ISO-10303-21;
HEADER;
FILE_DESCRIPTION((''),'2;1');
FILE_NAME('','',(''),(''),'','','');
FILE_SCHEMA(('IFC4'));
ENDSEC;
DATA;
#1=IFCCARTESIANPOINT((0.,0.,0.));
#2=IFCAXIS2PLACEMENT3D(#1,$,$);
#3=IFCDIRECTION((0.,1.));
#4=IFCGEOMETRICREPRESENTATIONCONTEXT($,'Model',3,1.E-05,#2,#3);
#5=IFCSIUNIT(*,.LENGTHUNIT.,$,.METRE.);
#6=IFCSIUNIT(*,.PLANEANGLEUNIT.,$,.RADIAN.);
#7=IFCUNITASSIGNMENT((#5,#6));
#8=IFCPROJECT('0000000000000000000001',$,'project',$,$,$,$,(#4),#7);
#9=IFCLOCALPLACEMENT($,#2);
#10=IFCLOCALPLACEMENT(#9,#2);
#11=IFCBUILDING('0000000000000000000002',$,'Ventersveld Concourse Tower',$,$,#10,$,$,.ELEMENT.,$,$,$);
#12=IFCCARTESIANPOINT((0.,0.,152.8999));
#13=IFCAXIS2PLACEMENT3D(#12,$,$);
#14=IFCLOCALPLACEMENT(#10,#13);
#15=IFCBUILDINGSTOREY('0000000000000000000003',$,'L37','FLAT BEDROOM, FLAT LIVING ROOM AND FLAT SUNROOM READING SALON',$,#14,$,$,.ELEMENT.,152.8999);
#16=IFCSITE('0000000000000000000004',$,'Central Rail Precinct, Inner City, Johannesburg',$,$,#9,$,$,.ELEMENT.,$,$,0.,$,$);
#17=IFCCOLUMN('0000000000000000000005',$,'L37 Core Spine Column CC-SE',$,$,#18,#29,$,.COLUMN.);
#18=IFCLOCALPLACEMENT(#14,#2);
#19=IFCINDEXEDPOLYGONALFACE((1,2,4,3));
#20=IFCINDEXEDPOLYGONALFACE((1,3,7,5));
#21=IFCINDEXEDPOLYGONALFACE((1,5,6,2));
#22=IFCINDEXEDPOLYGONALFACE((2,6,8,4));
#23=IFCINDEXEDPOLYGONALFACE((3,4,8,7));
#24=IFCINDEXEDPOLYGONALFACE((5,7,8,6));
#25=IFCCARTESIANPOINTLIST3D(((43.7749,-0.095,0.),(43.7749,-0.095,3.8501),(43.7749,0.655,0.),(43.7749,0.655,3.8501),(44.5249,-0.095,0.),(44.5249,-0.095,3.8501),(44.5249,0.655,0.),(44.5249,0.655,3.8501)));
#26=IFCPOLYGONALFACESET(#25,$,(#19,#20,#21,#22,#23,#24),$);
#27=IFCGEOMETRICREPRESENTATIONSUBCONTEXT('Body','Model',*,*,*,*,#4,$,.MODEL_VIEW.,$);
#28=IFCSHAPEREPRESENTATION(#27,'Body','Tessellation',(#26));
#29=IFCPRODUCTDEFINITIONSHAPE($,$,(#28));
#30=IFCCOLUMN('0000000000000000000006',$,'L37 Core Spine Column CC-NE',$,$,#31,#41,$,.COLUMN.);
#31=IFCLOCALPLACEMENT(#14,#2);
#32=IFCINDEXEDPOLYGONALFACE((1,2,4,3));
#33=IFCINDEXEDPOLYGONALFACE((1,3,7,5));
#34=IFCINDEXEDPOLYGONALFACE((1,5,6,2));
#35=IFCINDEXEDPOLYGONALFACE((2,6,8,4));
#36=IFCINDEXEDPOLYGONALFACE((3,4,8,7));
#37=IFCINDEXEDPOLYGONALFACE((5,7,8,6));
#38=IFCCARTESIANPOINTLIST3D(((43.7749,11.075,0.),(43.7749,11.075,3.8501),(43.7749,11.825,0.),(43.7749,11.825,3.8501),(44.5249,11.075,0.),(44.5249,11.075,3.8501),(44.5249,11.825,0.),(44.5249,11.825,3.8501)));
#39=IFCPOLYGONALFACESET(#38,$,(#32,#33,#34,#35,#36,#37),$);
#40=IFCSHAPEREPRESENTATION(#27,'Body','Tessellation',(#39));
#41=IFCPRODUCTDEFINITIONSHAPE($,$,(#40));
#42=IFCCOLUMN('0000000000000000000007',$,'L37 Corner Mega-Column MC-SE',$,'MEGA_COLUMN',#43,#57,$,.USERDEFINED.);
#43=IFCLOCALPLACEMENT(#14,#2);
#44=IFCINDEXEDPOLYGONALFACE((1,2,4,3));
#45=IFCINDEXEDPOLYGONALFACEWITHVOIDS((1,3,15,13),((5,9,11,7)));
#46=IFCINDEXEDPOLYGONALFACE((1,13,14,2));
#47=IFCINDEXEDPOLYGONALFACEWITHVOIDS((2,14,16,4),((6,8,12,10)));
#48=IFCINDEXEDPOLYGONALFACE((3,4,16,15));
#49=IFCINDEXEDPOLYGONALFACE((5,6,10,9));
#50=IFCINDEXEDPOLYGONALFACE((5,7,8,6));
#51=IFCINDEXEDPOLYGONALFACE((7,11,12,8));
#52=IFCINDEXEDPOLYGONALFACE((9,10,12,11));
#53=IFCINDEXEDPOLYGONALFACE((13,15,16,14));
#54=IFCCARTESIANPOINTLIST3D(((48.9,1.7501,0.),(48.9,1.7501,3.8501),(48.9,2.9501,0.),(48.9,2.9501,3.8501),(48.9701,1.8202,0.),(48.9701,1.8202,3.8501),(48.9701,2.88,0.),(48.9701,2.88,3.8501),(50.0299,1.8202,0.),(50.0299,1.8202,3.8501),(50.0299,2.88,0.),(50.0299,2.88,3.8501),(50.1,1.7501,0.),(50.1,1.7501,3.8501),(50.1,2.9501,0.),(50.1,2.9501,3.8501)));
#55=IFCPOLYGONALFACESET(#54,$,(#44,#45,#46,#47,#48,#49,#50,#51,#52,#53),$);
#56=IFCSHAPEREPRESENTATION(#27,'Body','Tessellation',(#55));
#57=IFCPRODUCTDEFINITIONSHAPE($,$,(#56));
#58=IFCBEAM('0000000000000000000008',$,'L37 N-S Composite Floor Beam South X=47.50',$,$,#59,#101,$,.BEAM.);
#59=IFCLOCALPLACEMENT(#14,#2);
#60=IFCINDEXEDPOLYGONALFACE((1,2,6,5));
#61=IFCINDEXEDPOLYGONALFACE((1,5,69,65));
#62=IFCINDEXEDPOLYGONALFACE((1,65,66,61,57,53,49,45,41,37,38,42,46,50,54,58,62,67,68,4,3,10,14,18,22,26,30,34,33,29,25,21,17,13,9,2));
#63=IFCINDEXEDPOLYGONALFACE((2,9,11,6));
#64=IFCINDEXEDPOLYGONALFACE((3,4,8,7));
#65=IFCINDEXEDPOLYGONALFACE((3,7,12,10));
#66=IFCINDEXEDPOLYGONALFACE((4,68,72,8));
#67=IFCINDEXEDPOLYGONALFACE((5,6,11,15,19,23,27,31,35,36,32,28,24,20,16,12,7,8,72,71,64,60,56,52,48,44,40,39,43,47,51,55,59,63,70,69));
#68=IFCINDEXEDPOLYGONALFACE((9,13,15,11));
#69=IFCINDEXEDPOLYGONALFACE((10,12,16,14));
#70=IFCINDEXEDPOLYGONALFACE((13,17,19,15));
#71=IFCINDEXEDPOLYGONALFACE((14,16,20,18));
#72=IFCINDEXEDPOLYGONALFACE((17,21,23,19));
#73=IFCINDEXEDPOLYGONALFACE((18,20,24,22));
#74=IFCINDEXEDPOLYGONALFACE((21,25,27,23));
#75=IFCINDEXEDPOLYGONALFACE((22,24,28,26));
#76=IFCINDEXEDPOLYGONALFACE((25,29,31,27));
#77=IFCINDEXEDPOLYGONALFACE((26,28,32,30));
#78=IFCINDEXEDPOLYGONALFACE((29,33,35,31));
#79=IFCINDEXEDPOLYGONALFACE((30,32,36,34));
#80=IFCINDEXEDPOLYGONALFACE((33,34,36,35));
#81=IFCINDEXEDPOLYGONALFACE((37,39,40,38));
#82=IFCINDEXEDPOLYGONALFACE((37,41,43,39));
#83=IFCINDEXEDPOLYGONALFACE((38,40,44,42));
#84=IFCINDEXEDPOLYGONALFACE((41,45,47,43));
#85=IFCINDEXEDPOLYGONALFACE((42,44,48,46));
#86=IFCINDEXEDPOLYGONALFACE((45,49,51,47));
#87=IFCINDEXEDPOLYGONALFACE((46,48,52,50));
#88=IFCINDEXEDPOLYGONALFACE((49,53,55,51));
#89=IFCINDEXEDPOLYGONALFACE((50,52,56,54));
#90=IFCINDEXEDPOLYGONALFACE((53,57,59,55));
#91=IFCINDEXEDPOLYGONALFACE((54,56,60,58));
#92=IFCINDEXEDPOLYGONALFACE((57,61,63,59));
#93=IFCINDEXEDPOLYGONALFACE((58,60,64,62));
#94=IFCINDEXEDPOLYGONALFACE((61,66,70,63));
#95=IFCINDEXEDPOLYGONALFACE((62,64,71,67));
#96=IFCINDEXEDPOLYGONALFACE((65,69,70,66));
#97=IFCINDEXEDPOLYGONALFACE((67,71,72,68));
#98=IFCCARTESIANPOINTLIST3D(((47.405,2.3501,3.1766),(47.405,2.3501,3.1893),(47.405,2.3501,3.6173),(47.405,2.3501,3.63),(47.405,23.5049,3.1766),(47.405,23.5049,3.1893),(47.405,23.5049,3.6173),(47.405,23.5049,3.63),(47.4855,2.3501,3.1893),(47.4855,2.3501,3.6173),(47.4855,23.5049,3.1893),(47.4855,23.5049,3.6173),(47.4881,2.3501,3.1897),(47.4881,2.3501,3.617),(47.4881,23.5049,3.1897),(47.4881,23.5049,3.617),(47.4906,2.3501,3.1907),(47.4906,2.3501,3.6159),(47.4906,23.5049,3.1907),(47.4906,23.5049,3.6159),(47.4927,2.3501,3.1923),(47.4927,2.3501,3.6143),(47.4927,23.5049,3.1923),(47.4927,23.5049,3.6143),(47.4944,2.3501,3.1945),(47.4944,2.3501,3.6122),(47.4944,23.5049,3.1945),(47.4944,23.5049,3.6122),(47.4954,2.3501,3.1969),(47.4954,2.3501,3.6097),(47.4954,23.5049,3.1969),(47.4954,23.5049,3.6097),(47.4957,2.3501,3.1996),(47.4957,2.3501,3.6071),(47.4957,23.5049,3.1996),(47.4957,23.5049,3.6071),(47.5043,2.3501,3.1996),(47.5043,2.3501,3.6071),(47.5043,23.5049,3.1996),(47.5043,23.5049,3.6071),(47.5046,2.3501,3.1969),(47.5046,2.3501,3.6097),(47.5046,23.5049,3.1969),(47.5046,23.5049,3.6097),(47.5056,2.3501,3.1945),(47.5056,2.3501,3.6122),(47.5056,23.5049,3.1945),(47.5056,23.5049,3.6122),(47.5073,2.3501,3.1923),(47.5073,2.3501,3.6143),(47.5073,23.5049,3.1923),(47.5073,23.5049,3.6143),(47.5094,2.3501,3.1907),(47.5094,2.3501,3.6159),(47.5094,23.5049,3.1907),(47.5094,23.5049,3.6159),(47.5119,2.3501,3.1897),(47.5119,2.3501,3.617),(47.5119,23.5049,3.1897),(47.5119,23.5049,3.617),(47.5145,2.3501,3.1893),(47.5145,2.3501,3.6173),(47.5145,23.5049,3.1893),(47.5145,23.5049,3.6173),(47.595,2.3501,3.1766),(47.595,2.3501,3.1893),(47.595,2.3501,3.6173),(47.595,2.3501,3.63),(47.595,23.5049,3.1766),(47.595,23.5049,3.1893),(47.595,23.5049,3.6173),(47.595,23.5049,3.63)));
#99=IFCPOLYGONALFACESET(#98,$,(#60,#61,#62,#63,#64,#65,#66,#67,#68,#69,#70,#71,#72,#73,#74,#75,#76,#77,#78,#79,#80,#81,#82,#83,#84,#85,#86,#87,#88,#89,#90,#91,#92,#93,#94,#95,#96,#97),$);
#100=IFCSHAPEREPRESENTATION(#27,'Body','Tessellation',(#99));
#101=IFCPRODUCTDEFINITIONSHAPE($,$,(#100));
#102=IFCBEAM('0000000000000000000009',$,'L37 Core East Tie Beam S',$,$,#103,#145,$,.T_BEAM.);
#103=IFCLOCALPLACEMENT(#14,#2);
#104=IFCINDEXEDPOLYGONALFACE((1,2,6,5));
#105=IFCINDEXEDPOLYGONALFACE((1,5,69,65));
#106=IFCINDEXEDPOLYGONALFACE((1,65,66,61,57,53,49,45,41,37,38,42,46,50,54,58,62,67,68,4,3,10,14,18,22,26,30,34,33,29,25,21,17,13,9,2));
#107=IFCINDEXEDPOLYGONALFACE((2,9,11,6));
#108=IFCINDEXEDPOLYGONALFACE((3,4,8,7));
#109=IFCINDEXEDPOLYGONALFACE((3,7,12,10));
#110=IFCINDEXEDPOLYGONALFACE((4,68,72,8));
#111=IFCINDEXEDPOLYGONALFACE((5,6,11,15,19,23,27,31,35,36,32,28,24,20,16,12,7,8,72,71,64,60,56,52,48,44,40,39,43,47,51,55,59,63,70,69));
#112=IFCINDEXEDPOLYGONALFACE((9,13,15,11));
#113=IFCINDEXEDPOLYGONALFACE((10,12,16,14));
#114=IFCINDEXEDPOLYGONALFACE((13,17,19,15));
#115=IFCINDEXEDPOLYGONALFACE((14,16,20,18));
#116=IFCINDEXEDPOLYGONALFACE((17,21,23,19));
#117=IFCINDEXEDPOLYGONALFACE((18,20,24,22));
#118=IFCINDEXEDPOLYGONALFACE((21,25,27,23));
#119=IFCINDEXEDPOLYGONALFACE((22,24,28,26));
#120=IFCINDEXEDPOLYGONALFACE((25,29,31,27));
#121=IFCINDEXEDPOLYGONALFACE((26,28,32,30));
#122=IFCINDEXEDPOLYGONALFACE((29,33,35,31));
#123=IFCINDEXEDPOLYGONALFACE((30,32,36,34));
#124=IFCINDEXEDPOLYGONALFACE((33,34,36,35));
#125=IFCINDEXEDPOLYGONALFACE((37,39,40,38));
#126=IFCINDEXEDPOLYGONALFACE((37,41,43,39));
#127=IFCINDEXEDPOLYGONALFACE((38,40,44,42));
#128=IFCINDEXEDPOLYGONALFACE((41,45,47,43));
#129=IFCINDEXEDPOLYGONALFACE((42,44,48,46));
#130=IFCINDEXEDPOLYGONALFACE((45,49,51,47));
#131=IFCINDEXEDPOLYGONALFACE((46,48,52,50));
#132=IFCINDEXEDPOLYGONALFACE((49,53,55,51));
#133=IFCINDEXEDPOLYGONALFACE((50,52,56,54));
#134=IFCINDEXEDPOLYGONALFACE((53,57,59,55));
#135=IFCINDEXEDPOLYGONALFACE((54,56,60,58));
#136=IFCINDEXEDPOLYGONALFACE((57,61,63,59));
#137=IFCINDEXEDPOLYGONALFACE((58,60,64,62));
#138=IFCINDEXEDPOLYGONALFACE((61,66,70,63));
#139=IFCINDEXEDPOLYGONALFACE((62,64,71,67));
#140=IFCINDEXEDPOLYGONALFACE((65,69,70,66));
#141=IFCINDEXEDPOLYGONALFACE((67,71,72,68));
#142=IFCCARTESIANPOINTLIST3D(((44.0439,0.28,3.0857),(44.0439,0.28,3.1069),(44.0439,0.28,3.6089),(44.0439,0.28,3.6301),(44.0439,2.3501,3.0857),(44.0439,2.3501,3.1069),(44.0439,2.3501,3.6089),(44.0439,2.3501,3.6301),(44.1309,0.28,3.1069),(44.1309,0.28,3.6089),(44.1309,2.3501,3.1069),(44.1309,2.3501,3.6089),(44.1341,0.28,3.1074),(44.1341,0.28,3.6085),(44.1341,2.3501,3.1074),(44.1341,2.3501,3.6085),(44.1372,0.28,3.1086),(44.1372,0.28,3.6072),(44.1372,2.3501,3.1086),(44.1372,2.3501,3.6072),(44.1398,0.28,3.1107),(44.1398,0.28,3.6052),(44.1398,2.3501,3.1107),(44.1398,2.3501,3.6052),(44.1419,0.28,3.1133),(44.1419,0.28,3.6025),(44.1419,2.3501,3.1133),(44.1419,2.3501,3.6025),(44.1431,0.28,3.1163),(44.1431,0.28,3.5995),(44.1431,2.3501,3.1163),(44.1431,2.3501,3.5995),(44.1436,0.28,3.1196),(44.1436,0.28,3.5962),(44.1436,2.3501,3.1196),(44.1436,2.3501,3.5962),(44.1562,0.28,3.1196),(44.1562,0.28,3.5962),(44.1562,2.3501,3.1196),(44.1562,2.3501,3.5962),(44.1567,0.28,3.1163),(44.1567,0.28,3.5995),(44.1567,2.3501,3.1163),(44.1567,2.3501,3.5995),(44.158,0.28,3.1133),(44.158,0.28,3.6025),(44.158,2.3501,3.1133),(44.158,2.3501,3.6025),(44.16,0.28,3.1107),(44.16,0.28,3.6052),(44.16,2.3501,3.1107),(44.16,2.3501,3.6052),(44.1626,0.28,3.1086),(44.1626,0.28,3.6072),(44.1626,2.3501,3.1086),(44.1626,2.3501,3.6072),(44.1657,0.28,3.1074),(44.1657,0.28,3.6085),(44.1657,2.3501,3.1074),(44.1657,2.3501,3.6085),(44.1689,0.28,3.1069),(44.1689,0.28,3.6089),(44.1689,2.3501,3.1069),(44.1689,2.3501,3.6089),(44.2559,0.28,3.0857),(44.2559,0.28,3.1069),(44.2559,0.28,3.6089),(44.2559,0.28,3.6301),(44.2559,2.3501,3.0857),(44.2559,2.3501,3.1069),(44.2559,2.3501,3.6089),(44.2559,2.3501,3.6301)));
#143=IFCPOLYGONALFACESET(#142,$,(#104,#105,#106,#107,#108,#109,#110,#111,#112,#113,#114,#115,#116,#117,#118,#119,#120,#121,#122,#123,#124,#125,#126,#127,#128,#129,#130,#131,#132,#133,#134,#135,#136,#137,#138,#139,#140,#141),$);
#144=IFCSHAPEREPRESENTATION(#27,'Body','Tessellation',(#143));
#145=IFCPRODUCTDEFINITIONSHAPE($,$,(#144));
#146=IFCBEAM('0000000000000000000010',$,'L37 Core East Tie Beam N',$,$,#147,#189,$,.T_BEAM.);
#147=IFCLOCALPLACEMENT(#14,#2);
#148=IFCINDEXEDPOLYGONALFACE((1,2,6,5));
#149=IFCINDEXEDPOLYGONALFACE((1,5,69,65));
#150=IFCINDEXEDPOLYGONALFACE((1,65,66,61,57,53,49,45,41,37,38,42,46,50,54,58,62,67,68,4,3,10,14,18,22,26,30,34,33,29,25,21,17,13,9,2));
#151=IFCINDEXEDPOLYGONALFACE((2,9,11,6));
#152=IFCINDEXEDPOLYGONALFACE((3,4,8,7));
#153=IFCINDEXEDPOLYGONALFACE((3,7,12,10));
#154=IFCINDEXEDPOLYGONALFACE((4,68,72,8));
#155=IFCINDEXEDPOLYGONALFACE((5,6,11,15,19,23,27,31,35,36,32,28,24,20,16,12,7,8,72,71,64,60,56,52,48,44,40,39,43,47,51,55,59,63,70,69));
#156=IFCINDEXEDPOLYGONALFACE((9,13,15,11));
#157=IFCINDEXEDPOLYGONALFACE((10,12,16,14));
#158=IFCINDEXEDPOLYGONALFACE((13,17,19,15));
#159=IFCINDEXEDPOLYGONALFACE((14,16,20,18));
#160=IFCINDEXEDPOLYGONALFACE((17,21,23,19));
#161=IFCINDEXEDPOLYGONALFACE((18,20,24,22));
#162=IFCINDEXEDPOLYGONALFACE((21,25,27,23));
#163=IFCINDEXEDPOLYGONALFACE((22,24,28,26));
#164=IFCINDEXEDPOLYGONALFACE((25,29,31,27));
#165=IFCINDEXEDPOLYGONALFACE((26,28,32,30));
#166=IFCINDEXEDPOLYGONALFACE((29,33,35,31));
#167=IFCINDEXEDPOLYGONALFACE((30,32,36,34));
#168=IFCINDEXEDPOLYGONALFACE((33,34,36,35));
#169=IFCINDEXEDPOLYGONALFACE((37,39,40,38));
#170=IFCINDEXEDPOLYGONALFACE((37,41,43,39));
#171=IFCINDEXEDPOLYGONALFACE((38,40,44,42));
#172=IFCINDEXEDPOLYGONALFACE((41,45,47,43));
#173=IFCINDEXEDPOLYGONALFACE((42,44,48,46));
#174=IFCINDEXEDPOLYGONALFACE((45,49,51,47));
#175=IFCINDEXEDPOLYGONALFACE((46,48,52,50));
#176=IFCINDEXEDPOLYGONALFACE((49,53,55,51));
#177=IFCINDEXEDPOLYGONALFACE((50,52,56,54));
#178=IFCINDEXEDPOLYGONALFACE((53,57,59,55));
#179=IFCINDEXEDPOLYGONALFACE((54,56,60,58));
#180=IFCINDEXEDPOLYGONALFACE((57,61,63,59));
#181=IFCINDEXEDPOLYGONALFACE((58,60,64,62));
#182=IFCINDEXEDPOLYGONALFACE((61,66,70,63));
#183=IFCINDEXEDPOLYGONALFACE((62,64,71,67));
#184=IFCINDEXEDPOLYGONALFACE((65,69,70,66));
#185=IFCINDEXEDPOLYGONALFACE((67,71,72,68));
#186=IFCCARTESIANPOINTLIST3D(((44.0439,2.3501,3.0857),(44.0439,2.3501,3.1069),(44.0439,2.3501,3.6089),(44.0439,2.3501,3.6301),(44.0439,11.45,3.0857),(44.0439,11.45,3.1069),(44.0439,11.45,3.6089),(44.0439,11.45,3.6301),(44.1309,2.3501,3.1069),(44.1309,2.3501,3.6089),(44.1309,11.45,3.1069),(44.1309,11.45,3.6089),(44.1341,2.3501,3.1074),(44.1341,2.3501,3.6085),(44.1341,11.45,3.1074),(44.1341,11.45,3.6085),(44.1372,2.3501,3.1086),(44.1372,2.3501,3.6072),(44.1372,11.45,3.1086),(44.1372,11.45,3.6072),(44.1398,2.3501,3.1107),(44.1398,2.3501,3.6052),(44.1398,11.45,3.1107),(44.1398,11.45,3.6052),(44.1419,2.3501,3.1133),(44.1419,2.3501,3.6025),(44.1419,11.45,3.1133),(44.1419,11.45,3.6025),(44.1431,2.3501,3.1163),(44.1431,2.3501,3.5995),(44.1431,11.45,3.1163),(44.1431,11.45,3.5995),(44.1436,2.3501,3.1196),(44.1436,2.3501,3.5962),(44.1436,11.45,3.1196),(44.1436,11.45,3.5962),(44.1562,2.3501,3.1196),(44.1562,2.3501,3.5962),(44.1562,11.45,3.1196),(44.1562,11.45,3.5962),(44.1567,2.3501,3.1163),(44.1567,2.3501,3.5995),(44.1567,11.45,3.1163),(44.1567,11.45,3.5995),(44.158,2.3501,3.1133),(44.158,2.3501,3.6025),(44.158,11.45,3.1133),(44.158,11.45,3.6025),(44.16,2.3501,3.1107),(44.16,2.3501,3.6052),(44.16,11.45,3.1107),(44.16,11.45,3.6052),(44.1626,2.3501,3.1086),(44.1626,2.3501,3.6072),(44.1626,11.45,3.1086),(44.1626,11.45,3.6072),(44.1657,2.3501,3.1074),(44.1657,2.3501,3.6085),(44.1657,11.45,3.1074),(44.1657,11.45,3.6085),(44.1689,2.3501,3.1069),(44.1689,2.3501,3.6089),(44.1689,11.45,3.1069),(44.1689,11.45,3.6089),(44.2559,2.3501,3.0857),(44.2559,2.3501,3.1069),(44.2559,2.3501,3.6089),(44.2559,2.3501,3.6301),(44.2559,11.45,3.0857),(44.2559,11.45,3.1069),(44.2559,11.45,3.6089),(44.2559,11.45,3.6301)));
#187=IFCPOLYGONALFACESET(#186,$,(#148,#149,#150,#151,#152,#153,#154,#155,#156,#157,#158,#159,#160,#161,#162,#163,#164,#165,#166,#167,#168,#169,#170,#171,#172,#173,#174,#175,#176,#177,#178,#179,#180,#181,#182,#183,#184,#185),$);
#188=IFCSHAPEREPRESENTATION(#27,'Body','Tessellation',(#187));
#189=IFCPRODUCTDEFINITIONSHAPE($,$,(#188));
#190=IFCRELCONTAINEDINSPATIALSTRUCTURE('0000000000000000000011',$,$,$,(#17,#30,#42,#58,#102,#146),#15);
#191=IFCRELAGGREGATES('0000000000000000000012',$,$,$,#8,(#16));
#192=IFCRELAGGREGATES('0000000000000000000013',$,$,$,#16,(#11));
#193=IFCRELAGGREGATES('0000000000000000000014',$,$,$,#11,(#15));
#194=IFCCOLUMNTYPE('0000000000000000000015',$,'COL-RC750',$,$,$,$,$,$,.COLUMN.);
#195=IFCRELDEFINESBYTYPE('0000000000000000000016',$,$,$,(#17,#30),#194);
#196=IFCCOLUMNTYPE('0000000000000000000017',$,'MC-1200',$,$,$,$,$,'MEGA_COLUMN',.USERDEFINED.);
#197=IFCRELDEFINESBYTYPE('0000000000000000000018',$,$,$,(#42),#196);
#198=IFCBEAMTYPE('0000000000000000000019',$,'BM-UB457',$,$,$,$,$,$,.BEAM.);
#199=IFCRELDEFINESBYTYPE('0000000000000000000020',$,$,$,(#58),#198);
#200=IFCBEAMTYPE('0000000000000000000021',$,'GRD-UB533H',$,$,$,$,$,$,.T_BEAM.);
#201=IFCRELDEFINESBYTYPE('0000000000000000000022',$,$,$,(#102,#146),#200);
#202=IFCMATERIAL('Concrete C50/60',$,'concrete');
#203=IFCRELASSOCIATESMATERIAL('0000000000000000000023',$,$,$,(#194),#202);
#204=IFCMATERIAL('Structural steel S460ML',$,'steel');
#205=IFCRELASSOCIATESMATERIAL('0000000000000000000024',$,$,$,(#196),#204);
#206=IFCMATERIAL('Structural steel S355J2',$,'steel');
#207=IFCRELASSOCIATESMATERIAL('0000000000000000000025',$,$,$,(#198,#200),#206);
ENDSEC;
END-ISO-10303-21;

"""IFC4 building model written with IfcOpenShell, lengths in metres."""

from ifc_helpers import new_model, si_unit, direction, frame, origin, origin_2d, place, context, subcontext, project, spatial, rectangle, hollow_rectangle, i_section, extrude, material, material_profile, profile_set, type_object, element, save


model = new_model("IFC4")

# Units and contexts
model_context = context("Model", 3, precision=1e-05, world=origin(), true_north=direction((0.0, 1.0)))
body_context = subcontext(model_context, "Body", "Model", "MODEL_VIEW")
ifc_project = project(units=[si_unit("LENGTHUNIT", "METRE"), si_unit("PLANEANGLEUNIT", "RADIAN")], contexts=[model_context])

# Site, building, storey
site_placement = place(None, origin())
site = spatial("IfcSite", under=ifc_project, at=site_placement, Name="Central Rail Precinct, Inner City, Johannesburg", CompositionType="ELEMENT", RefElevation=0.0)
building_placement = place(site_placement, origin())
building = spatial("IfcBuilding", under=site, at=building_placement, Name="Ventersveld Concourse Tower", CompositionType="ELEMENT")
storey_placement = place(building_placement, frame((0.0, 0.0, 152.8999)))
storey = spatial("IfcBuildingStorey", under=building, at=storey_placement, Name="L37", Description="FLAT BEDROOM, FLAT LIVING ROOM AND FLAT SUNROOM READING SALON", CompositionType="ELEMENT", Elevation=152.8999)

# Columns
ifc_material_1 = material(Name="Concrete C50/60", Category="concrete")
ifc_material_profile_1 = material_profile(ifc_material_1, rectangle(XDim=0.75, YDim=0.75, at=origin_2d()), Name="RC 750x750")
ifc_profile_set_1 = profile_set([ifc_material_profile_1], Name="Concrete C50/60")
column_type_1 = type_object("IfcColumnType", Name="COL-RC750", PredefinedType="COLUMN", material=ifc_profile_set_1)
for number, where, z_axis, x_axis, name in (
    (1, (44.1499, 0.28, 0.0), (0.0, 0.0, 1.0), (1.0, 0.0, 0.0), "L37 Core Spine Column CC-SE"),
    (2, (44.1499, 11.45, 0.0), (0.0, 0.0, 1.0), (1.0, 0.0, 0.0), "L37 Core Spine Column CC-NE"),
):
    element("IfcColumn", number, at=place(storey_placement, frame(where, z_axis=z_axis, x_axis=x_axis)), inside=storey, type_object=column_type_1, Name=name, PredefinedType="COLUMN", context=body_context, shape_type="SweptSolid", body=[
        extrude(rectangle(XDim=0.75, YDim=0.75, at=origin_2d()), origin(), (0.0, 0.0, 1.0), 3.8501),
    ])
ifc_material_2 = material(Name="Structural steel S460ML", Category="steel")
ifc_material_profile_2 = material_profile(ifc_material_2, hollow_rectangle(XDim=1.2, YDim=1.2, WallThickness=0.0701, at=origin_2d()), Name="BOX 1200x1200x70")
ifc_profile_set_2 = profile_set([ifc_material_profile_2], Name="Structural steel S460ML")
column_type_2 = type_object("IfcColumnType", Name="MC-1200", ElementType="MEGA_COLUMN", PredefinedType="USERDEFINED", material=ifc_profile_set_2)
column_placement = place(storey_placement, frame((49.5, 2.3501, 0.0), z_axis=(0.0, 0.0, 1.0), x_axis=(1.0, 0.0, 0.0)))
element("IfcColumn", 3, at=column_placement, inside=storey, type_object=column_type_2, Name="L37 Corner Mega-Column MC-SE", ObjectType="MEGA_COLUMN", PredefinedType="USERDEFINED", context=body_context, shape_type="SweptSolid", body=[
    extrude(hollow_rectangle(XDim=1.2, YDim=1.2, WallThickness=0.0701, at=origin_2d()), origin(), (0.0, 0.0, 1.0), 3.8501),
])

# Beams
ifc_material_3 = material(Name="Structural steel S355J2", Category="steel")
ifc_material_profile_3 = material_profile(ifc_material_3, i_section(OverallWidth=0.1899, OverallDepth=0.4534, WebThickness=0.0085, FlangeThickness=0.0127, FilletRadius=0.0103, at=origin_2d()), Name="UB 457x191x67")
ifc_profile_set_3 = profile_set([ifc_material_profile_3], Name="Structural steel S355J2")
beam_type_1 = type_object("IfcBeamType", Name="BM-UB457", PredefinedType="BEAM", material=ifc_profile_set_3)
beam_1_placement = place(storey_placement, frame((47.5, 2.3501, 3.4033), z_axis=(0.0, 1.0, 0.0), x_axis=(-1.0, 0.0, 0.0)))
element("IfcBeam", 4, at=beam_1_placement, inside=storey, type_object=beam_type_1, Name="L37 N-S Composite Floor Beam South X=47.50", PredefinedType="BEAM", context=body_context, shape_type="SweptSolid", body=[
    extrude(i_section(OverallWidth=0.1899, OverallDepth=0.4534, WebThickness=0.0085, FlangeThickness=0.0127, FilletRadius=0.0103, at=origin_2d()), origin(), (0.0, 0.0, 1.0), 21.1548),
])
ifc_material_profile_4 = material_profile(ifc_material_3, i_section(OverallWidth=0.2119, OverallDepth=0.5444, WebThickness=0.0127, FlangeThickness=0.0212, FilletRadius=0.0127, at=origin_2d()), Name="UB 533x210x122")
ifc_profile_set_4 = profile_set([ifc_material_profile_4], Name="Structural steel S355J2")
beam_type_2 = type_object("IfcBeamType", Name="GRD-UB533H", PredefinedType="T_BEAM", material=ifc_profile_set_4)
beam_2_placement = place(storey_placement, frame((44.1499, 0.28, 3.3579), z_axis=(0.0, 1.0, 0.0), x_axis=(-1.0, 0.0, 0.0)))
element("IfcBeam", 5, at=beam_2_placement, inside=storey, type_object=beam_type_2, Name="L37 Core East Tie Beam S", PredefinedType="T_BEAM", context=body_context, shape_type="SweptSolid", body=[
    extrude(i_section(OverallWidth=0.2119, OverallDepth=0.5444, WebThickness=0.0127, FlangeThickness=0.0212, FilletRadius=0.0127, at=origin_2d()), origin(), (0.0, 0.0, 1.0), 2.0701),
])
beam_3_placement = place(storey_placement, frame((44.1499, 2.3501, 3.3579), z_axis=(0.0, 1.0, 0.0), x_axis=(-1.0, 0.0, 0.0)))
element("IfcBeam", 6, at=beam_3_placement, inside=storey, type_object=beam_type_2, Name="L37 Core East Tie Beam N", PredefinedType="T_BEAM", context=body_context, shape_type="SweptSolid", body=[
    extrude(i_section(OverallWidth=0.2119, OverallDepth=0.5444, WebThickness=0.0127, FlangeThickness=0.0212, FilletRadius=0.0127, at=origin_2d()), origin(), (0.0, 0.0, 1.0), 9.0999),
])

save(model, "model.ifc")
